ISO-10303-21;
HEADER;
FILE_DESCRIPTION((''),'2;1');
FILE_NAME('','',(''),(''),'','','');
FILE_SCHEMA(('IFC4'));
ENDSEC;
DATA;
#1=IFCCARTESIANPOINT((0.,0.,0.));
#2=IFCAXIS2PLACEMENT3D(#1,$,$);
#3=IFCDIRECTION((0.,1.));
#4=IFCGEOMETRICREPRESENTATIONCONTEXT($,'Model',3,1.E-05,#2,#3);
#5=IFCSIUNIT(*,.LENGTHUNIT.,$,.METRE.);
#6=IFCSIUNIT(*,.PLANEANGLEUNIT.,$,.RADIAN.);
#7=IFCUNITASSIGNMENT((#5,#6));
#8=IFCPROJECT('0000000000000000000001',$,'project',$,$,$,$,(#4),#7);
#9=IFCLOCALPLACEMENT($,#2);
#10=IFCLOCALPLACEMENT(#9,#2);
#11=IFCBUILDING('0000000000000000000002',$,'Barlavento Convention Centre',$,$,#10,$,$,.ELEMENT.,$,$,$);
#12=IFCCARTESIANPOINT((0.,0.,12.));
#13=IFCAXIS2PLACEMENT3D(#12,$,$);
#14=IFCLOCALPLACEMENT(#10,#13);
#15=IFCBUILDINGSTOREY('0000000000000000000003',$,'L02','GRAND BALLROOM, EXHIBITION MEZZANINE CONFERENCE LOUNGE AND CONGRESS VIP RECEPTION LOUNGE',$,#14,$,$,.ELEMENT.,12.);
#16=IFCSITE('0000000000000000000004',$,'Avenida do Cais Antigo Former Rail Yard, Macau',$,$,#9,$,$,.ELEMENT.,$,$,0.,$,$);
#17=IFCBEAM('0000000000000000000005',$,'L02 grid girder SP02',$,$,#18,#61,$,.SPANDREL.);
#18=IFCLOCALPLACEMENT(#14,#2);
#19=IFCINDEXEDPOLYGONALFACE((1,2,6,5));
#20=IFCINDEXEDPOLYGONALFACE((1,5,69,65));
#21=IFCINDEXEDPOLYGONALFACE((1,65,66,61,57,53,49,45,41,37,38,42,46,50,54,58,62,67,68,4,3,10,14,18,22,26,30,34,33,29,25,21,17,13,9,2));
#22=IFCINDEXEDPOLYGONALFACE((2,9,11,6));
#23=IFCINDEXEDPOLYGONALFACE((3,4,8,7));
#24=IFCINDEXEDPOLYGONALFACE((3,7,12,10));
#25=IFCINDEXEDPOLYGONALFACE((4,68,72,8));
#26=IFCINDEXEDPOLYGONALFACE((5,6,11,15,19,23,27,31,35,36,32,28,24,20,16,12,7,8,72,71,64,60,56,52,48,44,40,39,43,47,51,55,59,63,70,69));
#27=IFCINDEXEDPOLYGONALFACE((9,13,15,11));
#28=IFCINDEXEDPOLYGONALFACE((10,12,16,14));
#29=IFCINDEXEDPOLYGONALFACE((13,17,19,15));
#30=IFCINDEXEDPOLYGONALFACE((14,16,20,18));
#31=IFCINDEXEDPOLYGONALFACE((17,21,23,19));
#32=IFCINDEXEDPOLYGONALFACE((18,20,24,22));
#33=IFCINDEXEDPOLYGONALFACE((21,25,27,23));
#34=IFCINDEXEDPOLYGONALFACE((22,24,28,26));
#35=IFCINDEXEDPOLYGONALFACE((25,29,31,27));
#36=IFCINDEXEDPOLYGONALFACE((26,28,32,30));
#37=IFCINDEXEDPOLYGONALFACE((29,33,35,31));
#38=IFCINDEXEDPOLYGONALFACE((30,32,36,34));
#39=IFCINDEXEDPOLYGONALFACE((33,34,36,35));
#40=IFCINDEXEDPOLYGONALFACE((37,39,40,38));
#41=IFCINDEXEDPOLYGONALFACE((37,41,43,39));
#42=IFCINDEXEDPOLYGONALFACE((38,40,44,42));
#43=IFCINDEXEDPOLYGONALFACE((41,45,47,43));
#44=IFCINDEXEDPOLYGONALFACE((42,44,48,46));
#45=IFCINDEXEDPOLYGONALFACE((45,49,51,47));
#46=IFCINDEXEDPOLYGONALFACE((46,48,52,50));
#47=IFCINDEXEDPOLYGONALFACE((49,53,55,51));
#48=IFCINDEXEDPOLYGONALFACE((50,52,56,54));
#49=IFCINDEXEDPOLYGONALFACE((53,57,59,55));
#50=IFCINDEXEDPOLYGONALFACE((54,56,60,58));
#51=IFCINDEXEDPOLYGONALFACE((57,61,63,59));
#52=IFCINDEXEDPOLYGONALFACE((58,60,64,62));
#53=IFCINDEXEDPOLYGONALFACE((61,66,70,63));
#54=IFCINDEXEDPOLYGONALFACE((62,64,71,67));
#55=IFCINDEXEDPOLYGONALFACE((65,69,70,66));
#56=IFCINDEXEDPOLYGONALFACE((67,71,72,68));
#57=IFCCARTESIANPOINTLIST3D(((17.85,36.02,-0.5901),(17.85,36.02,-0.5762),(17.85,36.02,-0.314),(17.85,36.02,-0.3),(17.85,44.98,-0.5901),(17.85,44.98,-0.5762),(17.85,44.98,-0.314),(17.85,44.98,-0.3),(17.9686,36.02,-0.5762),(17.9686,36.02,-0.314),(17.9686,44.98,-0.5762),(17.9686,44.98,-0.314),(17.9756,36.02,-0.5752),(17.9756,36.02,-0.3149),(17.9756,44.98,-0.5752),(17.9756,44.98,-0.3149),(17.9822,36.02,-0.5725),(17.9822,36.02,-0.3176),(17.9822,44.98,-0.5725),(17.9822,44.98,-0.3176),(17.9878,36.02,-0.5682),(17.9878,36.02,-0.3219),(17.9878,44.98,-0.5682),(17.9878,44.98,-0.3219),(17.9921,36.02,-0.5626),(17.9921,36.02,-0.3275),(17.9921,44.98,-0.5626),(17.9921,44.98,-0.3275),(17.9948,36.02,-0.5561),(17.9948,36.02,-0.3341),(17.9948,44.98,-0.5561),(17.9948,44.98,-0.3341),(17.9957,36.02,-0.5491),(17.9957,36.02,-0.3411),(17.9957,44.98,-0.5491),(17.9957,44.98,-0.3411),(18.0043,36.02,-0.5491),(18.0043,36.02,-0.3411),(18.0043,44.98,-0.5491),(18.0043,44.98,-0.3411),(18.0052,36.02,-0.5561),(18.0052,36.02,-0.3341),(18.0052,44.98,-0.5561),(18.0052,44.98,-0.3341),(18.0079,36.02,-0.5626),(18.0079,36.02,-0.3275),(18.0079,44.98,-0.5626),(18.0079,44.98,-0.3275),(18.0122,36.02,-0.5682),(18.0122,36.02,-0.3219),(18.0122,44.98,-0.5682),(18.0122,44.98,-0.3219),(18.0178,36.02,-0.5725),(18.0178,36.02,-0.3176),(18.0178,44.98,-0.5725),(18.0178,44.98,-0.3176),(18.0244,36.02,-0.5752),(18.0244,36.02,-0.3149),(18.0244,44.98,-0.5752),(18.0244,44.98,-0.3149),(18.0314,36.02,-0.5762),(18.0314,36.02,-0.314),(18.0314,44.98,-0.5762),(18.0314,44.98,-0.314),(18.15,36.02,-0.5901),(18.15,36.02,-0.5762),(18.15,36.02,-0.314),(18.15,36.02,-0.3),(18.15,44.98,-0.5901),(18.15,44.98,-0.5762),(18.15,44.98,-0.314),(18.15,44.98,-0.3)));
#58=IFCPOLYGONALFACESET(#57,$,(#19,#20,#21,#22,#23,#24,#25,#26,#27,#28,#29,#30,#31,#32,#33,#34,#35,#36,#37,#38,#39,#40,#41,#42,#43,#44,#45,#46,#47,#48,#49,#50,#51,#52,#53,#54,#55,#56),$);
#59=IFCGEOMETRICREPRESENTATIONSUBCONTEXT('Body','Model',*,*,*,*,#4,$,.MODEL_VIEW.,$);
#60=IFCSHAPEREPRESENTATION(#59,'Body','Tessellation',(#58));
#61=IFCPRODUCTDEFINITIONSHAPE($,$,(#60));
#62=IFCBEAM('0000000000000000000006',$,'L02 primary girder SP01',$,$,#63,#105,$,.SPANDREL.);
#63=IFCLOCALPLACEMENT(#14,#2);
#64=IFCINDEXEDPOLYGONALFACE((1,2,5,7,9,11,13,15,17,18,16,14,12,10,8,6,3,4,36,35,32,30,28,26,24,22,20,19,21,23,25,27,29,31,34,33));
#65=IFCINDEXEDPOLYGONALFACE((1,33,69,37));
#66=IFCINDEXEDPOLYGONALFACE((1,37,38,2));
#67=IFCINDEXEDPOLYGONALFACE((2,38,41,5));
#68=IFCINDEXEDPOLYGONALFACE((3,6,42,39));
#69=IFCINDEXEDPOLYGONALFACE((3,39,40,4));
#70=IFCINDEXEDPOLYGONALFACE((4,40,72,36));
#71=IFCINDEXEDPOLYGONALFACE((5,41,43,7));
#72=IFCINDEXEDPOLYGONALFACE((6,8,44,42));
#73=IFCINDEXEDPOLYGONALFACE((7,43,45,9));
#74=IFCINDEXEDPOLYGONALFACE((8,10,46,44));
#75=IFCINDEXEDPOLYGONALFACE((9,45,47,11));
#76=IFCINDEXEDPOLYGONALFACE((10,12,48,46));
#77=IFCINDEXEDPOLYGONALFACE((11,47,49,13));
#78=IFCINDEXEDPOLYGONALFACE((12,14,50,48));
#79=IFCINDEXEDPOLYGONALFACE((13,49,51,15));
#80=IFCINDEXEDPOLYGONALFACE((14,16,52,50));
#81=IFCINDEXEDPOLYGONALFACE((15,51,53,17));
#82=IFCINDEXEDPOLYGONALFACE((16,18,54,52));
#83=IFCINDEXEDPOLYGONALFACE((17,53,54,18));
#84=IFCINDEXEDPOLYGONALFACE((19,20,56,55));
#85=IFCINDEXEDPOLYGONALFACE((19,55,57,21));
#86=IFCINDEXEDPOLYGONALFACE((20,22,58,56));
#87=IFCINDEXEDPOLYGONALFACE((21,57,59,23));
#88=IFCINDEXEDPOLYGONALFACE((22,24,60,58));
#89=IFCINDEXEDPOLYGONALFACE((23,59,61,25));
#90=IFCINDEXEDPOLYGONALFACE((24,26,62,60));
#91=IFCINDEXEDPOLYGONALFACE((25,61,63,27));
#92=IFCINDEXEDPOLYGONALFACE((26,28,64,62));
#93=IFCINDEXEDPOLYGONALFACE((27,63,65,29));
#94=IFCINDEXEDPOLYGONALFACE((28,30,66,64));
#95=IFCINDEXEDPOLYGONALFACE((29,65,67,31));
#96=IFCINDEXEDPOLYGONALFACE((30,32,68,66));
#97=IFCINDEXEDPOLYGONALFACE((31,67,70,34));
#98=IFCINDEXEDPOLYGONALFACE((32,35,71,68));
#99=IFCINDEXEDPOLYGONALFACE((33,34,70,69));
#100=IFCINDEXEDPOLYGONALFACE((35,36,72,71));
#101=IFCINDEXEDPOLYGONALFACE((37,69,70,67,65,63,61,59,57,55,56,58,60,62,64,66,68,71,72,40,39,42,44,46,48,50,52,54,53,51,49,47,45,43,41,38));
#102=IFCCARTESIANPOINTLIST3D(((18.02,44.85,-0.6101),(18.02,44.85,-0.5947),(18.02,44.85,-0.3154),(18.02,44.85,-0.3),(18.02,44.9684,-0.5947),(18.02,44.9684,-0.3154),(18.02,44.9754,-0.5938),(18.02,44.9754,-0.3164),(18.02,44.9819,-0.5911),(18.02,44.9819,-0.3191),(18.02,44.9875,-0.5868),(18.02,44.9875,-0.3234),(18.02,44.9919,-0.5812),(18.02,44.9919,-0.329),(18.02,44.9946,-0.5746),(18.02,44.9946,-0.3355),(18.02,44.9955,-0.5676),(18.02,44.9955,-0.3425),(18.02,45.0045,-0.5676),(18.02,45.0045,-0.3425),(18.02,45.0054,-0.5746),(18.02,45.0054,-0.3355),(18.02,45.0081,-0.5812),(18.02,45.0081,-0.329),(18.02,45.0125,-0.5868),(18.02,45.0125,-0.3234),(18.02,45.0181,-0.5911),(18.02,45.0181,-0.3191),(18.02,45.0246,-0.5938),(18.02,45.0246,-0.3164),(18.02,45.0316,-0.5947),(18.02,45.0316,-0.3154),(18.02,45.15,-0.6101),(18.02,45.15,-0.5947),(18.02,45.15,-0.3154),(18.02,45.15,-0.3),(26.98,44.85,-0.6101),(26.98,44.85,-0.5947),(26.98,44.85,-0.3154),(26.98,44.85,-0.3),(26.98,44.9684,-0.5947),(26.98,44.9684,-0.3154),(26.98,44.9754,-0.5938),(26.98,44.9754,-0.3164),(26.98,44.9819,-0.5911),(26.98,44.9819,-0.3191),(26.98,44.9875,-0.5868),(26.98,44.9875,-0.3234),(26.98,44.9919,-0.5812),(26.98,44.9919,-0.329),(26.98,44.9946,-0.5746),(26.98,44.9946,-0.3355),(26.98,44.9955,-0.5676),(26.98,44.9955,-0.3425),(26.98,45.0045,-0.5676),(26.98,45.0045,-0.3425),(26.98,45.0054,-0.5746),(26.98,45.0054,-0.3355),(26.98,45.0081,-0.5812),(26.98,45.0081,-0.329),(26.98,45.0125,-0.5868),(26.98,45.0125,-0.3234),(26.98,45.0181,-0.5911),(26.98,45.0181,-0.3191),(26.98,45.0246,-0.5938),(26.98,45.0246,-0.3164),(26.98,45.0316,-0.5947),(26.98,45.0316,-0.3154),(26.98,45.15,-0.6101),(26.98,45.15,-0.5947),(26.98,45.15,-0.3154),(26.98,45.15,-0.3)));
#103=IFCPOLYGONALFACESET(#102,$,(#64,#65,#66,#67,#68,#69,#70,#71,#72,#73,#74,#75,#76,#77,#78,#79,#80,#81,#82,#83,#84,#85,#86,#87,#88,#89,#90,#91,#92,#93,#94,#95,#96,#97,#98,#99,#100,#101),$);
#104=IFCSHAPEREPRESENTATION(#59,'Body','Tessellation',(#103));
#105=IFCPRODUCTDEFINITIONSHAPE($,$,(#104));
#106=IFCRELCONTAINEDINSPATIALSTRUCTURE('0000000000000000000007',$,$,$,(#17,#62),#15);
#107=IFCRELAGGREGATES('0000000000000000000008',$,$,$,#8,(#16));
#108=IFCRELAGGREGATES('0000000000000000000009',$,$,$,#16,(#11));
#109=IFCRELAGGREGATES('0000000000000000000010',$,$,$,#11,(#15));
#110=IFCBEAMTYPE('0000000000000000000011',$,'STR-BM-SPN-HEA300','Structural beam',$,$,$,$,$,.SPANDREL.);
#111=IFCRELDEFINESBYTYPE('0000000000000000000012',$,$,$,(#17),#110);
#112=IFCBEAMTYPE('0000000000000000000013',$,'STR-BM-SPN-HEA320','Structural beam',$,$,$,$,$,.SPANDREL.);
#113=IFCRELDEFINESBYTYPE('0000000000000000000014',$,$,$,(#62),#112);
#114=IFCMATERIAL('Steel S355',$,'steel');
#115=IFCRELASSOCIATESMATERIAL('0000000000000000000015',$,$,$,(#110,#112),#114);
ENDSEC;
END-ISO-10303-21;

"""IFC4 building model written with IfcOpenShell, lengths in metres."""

from ifc_helpers import new_model, si_unit, direction, frame, origin, origin_2d, place, context, subcontext, project, spatial, i_section, extrude, material, material_profile, profile_set, type_object, element, save


model = new_model("IFC4")

# Units and contexts
model_context = context("Model", 3, precision=1e-05, world=origin(), true_north=direction((0.0, 1.0)))
body_context = subcontext(model_context, "Body", "Model", "MODEL_VIEW")
ifc_project = project(units=[si_unit("LENGTHUNIT", "METRE"), si_unit("PLANEANGLEUNIT", "RADIAN")], contexts=[model_context])

# Site, building, storey
site_placement = place(None, origin())
site = spatial("IfcSite", under=ifc_project, at=site_placement, Name="Avenida do Cais Antigo Former Rail Yard, Macau", CompositionType="ELEMENT", RefElevation=0.0)
building_placement = place(site_placement, origin())
building = spatial("IfcBuilding", under=site, at=building_placement, Name="Barlavento Convention Centre", CompositionType="ELEMENT")
storey_placement = place(building_placement, frame((0.0, 0.0, 12.0)))
storey = spatial("IfcBuildingStorey", under=building, at=storey_placement, Name="L02", Description="GRAND BALLROOM, EXHIBITION MEZZANINE CONFERENCE LOUNGE AND CONGRESS VIP RECEPTION LOUNGE", CompositionType="ELEMENT", Elevation=12.0)

# Shared definitions
ifc_material_1 = material(Name="Steel S355", Category="steel")

# Beams
ifc_material_profile_1 = material_profile(ifc_material_1, i_section(OverallWidth=0.3, OverallDepth=0.29, WebThickness=0.0085, FlangeThickness=0.0139, FilletRadius=0.0271, at=origin_2d()), Name="HEA 300")
ifc_profile_set_1 = profile_set([ifc_material_profile_1], Name="Steel S355")
beam_type_1 = type_object("IfcBeamType", Name="STR-BM-SPN-HEA300", Description="Structural beam", PredefinedType="SPANDREL", material=ifc_profile_set_1)
for number, where, z_axis, x_axis, name in (
    (1, (18.0, 36.02, -0.4451), (0.0, 1.0, 0.0), (-1.0, 0.0, 0.0), "L02 grid girder SP02"),
):
    element("IfcBeam", number, at=place(storey_placement, frame(where, z_axis=z_axis, x_axis=x_axis)), inside=storey, type_object=beam_type_1, Name=name, PredefinedType="SPANDREL", context=body_context, shape_type="SweptSolid", body=[
        extrude(i_section(OverallWidth=0.3, OverallDepth=0.29, WebThickness=0.0085, FlangeThickness=0.0139, FilletRadius=0.0271, at=origin_2d()), origin(), (0.0, 0.0, 1.0), 8.96),
    ])
ifc_material_profile_2 = material_profile(ifc_material_1, i_section(OverallWidth=0.3, OverallDepth=0.3101, WebThickness=0.009, FlangeThickness=0.0154, FilletRadius=0.0271, at=origin_2d()), Name="HEA 320")
ifc_profile_set_2 = profile_set([ifc_material_profile_2], Name="Steel S355")
beam_type_2 = type_object("IfcBeamType", Name="STR-BM-SPN-HEA320", Description="Structural beam", PredefinedType="SPANDREL", material=ifc_profile_set_2)
beam_1_placement = place(storey_placement, frame((18.02, 45.0, -0.4551), z_axis=(1.0, 0.0, 0.0), x_axis=(0.0, 1.0, 0.0)))
element("IfcBeam", 2, at=beam_1_placement, inside=storey, type_object=beam_type_2, Name="L02 primary girder SP01", PredefinedType="SPANDREL", context=body_context, shape_type="SweptSolid", body=[
    extrude(i_section(OverallWidth=0.3, OverallDepth=0.3101, WebThickness=0.009, FlangeThickness=0.0154, FilletRadius=0.0271, at=origin_2d()), origin(), (0.0, 0.0, 1.0), 8.96),
])

save(model, "model.ifc")
